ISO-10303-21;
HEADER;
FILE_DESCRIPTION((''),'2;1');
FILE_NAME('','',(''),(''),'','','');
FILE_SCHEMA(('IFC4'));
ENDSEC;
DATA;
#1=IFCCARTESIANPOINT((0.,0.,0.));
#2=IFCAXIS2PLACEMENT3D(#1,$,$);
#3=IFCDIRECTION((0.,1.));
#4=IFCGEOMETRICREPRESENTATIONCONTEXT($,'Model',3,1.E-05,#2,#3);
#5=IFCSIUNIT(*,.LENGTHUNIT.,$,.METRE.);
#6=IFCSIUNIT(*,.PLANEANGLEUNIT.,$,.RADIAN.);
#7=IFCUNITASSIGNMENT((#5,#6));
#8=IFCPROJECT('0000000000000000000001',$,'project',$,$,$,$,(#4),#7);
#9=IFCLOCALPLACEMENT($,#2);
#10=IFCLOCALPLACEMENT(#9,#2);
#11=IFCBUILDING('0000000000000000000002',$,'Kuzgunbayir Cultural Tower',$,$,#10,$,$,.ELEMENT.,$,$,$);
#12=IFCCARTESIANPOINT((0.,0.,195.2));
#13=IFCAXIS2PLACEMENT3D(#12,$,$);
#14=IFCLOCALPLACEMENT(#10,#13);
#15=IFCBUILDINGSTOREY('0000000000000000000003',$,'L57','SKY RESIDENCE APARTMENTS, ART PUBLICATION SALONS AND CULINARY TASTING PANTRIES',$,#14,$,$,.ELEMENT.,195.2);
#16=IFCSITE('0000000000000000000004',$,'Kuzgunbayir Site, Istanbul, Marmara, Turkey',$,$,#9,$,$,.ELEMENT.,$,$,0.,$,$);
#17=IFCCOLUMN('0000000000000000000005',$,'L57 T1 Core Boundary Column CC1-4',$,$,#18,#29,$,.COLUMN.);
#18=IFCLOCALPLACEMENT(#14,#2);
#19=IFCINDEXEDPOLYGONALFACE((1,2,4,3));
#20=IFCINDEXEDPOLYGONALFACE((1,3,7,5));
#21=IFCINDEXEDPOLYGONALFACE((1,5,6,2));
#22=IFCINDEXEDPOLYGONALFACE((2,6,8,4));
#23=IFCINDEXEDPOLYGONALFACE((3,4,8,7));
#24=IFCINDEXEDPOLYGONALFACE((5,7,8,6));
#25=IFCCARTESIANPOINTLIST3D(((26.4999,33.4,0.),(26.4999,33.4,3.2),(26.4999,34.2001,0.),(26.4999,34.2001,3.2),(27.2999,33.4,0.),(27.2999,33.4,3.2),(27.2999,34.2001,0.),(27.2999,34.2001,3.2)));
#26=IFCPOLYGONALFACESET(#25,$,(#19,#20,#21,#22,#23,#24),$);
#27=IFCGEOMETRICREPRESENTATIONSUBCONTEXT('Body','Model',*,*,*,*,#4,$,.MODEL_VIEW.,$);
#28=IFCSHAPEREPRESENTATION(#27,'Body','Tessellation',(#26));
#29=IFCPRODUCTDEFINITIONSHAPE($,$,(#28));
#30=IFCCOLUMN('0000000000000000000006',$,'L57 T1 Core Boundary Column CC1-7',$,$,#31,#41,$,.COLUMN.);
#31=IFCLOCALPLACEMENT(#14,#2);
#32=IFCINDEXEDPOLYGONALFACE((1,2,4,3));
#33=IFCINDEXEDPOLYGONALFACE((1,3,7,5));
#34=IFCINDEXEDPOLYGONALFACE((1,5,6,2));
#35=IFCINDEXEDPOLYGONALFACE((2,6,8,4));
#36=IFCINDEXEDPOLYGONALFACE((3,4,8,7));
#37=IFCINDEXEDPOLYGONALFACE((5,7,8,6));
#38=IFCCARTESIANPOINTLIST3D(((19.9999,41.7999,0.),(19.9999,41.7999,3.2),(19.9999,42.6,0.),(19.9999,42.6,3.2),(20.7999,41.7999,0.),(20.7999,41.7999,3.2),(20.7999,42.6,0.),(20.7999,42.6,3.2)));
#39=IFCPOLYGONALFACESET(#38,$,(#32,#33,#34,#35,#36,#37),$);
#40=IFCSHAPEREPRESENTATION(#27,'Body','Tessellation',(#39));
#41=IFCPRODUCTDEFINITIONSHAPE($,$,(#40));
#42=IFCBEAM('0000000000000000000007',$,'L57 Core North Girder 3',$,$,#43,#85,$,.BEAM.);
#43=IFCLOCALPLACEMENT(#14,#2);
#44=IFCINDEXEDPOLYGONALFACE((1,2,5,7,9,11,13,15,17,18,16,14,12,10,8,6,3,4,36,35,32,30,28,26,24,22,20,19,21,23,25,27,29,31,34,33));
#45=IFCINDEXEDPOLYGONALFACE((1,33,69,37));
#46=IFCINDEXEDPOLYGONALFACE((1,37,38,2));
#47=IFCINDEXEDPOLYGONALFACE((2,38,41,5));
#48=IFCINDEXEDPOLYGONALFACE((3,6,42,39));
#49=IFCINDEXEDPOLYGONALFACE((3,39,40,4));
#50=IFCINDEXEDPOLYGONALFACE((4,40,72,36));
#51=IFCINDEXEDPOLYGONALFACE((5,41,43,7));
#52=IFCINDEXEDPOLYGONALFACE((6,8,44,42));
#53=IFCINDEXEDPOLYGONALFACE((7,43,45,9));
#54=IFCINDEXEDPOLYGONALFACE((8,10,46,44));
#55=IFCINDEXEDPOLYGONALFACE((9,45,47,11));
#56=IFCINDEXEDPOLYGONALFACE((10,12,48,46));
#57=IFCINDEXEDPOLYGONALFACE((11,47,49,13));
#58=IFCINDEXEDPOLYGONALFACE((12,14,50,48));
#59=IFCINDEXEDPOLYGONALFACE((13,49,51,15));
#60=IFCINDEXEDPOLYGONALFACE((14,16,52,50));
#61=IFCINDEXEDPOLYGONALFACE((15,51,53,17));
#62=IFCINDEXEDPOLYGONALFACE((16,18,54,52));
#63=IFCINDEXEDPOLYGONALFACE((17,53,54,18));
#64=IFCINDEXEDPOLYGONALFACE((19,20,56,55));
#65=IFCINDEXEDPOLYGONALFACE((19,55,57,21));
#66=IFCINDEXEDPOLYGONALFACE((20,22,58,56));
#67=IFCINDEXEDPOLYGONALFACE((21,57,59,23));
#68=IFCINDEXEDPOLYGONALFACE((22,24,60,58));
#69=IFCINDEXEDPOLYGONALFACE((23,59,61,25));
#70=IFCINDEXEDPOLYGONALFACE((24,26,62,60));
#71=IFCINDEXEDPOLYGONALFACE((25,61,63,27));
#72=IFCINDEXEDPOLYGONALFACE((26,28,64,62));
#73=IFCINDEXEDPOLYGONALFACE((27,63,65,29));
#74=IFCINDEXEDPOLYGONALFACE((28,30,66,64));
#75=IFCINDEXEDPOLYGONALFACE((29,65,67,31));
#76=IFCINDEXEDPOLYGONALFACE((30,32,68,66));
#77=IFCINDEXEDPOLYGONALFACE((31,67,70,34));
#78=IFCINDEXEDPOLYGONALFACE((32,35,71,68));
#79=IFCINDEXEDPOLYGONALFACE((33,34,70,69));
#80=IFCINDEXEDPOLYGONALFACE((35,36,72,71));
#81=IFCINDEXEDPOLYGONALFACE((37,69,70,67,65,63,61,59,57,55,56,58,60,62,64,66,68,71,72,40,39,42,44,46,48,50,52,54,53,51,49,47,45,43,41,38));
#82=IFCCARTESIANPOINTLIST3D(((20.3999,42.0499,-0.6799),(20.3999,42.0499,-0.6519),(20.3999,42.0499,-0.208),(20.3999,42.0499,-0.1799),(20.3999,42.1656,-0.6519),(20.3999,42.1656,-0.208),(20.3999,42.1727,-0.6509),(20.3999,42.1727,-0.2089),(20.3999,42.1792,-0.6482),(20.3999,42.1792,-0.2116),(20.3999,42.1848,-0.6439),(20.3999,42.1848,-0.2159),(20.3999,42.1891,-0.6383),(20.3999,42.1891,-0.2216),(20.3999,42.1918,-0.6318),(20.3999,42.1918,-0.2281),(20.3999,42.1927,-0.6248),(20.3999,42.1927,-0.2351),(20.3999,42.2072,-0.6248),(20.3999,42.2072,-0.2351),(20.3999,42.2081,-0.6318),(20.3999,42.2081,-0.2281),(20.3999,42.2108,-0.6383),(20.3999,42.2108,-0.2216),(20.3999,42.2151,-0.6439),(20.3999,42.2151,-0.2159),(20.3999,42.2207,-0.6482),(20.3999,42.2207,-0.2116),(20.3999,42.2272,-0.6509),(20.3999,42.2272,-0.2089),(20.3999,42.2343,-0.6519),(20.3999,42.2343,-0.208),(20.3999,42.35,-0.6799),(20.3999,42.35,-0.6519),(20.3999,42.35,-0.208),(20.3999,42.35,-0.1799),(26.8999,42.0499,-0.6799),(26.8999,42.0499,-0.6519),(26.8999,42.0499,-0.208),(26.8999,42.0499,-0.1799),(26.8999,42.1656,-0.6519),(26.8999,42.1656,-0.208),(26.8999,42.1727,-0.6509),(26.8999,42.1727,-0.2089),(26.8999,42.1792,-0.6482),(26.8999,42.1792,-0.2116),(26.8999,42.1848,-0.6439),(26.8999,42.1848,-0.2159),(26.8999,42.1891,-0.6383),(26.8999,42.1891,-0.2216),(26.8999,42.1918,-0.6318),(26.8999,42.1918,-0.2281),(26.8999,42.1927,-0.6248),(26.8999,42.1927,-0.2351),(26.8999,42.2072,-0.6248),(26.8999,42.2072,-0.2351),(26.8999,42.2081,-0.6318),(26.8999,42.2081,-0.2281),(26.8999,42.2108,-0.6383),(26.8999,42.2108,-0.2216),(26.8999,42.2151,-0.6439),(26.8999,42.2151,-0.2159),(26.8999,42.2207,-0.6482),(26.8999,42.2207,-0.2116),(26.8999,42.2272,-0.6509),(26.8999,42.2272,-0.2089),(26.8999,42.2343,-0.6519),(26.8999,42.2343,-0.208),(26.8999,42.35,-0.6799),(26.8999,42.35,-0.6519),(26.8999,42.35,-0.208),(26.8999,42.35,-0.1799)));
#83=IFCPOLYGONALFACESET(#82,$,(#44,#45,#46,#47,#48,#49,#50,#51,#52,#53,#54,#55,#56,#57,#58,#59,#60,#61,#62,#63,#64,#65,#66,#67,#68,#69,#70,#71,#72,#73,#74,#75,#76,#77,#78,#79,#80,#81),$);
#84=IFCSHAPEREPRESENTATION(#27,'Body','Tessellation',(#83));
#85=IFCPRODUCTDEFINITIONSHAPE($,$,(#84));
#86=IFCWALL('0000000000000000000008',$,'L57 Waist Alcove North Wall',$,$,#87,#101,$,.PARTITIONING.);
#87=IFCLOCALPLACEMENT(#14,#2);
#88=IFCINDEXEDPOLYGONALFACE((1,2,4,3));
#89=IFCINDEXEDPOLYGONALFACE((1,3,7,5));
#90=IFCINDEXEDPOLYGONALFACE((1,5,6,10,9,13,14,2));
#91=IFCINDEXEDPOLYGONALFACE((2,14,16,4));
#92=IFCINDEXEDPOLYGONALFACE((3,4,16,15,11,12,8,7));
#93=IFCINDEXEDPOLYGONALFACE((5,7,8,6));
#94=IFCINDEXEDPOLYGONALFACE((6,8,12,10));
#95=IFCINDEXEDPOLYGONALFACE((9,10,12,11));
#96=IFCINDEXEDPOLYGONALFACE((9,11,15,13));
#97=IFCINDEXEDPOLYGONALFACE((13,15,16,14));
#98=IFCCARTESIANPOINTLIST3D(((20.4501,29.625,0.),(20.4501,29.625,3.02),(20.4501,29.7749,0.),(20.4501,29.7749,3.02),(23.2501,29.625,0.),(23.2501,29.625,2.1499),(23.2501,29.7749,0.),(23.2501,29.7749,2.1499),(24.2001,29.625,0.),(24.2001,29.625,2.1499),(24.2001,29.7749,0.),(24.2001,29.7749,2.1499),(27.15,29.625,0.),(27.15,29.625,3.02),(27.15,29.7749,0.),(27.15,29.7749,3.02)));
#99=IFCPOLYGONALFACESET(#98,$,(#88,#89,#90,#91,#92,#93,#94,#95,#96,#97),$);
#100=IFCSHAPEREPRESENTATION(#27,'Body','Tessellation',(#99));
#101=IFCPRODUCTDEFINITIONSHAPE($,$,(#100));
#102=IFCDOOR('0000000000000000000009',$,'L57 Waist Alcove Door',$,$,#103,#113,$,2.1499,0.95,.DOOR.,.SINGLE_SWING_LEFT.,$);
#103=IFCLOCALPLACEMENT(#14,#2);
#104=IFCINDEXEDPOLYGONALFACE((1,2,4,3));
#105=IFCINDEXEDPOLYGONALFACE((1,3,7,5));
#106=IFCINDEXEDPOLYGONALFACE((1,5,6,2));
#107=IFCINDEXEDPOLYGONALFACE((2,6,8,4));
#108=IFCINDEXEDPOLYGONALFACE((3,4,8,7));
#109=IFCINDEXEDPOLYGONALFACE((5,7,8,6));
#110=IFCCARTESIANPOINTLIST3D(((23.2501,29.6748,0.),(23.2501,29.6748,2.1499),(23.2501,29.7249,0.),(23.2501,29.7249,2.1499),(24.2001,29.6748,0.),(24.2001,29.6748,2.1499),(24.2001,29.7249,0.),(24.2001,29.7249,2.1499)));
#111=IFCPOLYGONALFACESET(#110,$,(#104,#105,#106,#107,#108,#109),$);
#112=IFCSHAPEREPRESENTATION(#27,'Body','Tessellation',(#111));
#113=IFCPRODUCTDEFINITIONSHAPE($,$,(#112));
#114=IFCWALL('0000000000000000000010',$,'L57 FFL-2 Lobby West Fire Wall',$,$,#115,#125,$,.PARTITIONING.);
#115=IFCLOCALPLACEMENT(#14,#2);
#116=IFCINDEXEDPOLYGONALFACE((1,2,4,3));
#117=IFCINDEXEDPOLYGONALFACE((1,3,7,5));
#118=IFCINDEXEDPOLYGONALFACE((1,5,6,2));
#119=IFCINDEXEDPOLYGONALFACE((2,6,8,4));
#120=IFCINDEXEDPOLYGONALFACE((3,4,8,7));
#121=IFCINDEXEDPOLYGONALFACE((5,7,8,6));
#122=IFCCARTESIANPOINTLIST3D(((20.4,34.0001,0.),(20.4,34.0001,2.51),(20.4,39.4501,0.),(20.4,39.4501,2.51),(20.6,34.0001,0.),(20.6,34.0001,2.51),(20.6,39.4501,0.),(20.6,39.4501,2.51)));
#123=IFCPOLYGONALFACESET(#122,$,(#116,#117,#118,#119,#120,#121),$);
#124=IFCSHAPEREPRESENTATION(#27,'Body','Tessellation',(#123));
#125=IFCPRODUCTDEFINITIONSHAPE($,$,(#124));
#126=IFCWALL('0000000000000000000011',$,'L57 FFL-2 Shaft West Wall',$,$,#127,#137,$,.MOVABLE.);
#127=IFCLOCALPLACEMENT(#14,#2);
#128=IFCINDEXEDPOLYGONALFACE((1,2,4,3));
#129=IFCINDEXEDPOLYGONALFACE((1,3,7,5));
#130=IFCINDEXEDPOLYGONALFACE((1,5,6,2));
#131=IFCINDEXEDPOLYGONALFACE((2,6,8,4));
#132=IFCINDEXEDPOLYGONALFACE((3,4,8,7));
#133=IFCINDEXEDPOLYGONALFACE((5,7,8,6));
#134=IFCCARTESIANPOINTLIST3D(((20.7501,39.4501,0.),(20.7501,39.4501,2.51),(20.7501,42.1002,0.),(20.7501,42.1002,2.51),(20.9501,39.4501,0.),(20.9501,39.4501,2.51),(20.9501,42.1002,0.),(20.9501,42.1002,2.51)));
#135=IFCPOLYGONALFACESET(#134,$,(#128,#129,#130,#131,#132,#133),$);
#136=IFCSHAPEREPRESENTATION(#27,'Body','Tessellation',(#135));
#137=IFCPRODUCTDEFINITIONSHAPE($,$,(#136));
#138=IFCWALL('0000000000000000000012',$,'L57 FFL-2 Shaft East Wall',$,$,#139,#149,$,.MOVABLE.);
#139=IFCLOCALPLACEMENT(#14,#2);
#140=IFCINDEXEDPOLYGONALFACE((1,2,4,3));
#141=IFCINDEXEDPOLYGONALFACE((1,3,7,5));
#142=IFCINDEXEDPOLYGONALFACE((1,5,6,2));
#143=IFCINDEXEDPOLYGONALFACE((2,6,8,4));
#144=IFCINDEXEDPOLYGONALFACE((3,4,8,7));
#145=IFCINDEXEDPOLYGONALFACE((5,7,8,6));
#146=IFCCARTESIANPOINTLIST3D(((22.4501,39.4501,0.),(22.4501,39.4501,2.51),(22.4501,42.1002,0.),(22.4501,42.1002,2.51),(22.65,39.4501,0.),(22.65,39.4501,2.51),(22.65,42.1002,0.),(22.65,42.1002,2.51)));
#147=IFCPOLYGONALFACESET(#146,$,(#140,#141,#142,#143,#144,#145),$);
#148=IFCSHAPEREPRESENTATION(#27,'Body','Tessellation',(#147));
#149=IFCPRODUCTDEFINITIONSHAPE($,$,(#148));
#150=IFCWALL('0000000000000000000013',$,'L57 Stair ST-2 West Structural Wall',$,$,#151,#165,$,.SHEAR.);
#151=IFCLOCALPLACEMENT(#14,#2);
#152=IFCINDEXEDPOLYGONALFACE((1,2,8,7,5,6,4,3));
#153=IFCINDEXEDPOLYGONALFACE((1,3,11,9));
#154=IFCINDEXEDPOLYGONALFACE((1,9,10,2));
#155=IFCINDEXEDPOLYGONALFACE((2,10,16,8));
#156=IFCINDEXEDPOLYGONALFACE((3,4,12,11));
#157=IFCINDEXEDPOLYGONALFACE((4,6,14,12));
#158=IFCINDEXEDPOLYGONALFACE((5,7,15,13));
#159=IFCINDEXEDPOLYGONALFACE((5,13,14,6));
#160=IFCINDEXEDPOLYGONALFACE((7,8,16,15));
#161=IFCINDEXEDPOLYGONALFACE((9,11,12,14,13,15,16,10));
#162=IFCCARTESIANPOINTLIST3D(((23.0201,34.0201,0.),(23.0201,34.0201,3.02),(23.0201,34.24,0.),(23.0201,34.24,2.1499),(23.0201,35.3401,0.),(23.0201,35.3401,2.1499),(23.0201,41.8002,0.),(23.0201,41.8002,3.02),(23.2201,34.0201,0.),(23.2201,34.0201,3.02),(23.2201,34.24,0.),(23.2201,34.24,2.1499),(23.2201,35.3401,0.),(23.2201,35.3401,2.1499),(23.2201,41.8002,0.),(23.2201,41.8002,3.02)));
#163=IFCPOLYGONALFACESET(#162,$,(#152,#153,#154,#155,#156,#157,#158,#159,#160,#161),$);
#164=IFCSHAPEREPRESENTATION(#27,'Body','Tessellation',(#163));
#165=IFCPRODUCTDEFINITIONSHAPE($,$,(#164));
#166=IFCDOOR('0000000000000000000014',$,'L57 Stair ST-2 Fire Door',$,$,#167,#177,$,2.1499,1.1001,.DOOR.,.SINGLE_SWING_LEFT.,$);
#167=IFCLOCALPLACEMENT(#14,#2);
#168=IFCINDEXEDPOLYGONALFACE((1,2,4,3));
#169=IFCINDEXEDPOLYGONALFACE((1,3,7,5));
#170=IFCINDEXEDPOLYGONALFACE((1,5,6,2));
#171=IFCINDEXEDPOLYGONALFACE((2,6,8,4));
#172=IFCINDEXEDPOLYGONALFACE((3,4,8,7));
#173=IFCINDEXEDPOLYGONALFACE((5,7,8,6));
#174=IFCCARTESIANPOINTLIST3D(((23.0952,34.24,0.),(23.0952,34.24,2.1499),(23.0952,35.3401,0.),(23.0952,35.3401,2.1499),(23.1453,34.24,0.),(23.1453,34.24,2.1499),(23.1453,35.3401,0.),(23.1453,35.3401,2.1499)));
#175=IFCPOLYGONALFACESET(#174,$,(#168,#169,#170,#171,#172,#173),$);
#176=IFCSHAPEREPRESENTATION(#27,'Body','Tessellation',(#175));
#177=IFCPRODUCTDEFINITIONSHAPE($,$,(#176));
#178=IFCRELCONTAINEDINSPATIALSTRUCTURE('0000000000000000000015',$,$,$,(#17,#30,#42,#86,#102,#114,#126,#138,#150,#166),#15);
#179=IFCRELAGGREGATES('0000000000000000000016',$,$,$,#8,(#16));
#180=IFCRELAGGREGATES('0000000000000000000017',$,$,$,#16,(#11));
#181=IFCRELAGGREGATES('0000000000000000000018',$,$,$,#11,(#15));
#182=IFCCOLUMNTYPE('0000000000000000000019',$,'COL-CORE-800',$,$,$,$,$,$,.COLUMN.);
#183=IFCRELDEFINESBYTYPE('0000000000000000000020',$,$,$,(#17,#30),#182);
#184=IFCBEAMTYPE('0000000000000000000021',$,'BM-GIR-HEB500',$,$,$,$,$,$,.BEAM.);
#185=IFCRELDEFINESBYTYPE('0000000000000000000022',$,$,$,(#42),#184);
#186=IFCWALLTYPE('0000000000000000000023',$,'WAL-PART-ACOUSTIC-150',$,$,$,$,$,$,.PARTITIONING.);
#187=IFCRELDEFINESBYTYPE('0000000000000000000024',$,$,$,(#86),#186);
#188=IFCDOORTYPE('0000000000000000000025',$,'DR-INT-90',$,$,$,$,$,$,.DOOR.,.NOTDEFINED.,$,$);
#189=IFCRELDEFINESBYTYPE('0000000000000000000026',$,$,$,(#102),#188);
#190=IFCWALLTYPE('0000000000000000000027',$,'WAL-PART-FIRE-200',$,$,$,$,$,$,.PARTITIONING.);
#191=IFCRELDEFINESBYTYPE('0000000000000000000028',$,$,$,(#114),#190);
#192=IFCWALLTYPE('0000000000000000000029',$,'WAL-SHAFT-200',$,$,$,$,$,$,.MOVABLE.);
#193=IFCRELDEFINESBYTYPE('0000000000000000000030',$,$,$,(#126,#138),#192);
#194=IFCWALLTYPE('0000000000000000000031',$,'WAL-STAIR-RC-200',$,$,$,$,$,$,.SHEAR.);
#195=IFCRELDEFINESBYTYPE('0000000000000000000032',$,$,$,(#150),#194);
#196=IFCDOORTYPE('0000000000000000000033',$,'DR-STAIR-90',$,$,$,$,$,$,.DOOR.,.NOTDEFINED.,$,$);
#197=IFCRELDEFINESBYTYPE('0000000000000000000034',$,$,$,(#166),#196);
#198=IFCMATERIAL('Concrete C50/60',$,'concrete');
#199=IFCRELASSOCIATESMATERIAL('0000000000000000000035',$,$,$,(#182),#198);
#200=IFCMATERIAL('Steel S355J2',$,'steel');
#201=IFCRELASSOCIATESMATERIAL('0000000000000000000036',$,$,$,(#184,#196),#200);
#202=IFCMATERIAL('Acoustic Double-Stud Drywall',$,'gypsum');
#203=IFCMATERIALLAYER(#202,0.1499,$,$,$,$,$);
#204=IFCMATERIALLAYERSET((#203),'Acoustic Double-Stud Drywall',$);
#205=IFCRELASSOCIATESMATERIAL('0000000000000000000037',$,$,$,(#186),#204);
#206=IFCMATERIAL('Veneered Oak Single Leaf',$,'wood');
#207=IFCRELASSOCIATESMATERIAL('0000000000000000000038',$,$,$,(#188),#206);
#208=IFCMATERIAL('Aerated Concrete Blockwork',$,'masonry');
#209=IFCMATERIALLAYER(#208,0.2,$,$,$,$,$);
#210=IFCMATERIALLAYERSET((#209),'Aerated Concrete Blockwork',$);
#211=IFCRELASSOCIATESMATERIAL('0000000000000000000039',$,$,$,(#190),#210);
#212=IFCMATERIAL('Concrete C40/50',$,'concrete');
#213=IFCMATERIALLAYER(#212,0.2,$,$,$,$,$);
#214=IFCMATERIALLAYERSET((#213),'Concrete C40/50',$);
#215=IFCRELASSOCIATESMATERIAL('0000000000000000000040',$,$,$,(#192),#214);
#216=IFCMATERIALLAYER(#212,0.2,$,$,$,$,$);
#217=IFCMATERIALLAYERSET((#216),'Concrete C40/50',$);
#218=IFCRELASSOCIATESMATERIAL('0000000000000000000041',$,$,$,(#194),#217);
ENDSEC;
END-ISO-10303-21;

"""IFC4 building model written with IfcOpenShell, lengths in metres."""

from ifc_helpers import new_model, si_unit, direction, frame, frame_2d, origin, origin_2d, place, context, subcontext, project, spatial, rectangle, i_section, extrude, material, layer, layer_set, material_profile, profile_set, type_object, element, fill, save


model = new_model("IFC4")

# Units and contexts
model_context = context("Model", 3, precision=1e-05, world=origin(), true_north=direction((0.0, 1.0)))
body_context = subcontext(model_context, "Body", "Model", "MODEL_VIEW")
ifc_project = project(units=[si_unit("LENGTHUNIT", "METRE"), si_unit("PLANEANGLEUNIT", "RADIAN")], contexts=[model_context])

# Site, building, storey
site_placement = place(None, origin())
site = spatial("IfcSite", under=ifc_project, at=site_placement, Name="Kuzgunbayir Site, Istanbul, Marmara, Turkey", CompositionType="ELEMENT", RefElevation=0.0)
building_placement = place(site_placement, origin())
building = spatial("IfcBuilding", under=site, at=building_placement, Name="Kuzgunbayir Cultural Tower", CompositionType="ELEMENT")
storey_placement = place(building_placement, frame((0.0, 0.0, 195.2)))
storey = spatial("IfcBuildingStorey", under=building, at=storey_placement, Name="L57", Description="SKY RESIDENCE APARTMENTS, ART PUBLICATION SALONS AND CULINARY TASTING PANTRIES", CompositionType="ELEMENT", Elevation=195.2)

# Columns
ifc_material_1 = material(Name="Concrete C50/60", Category="concrete")
ifc_material_profile_1 = material_profile(ifc_material_1, rectangle(XDim=0.8, YDim=0.8, at=origin_2d()), Name="RC 800x800")
ifc_profile_set_1 = profile_set([ifc_material_profile_1], Name="Concrete C50/60")
column_type = type_object("IfcColumnType", Name="COL-CORE-800", PredefinedType="COLUMN", material=ifc_profile_set_1)
for number, where, z_axis, x_axis, name in (
    (1, (26.8999, 33.8, 0.0), (0.0, 0.0, 1.0), (1.0, 0.0, 0.0), "L57 T1 Core Boundary Column CC1-4"),
    (2, (20.3999, 42.2, 0.0), (0.0, 0.0, 1.0), (1.0, 0.0, 0.0), "L57 T1 Core Boundary Column CC1-7"),
):
    element("IfcColumn", number, at=place(storey_placement, frame(where, z_axis=z_axis, x_axis=x_axis)), inside=storey, type_object=column_type, Name=name, PredefinedType="COLUMN", context=body_context, shape_type="SweptSolid", body=[
        extrude(rectangle(XDim=0.8, YDim=0.8, at=origin_2d()), origin(), (0.0, 0.0, 1.0), 3.2),
    ])

# Beam
ifc_material_2 = material(Name="Steel S355J2", Category="steel")
ifc_material_profile_2 = material_profile(ifc_material_2, i_section(OverallWidth=0.3, OverallDepth=0.5, WebThickness=0.0144, FlangeThickness=0.0281, FilletRadius=0.0271, at=origin_2d()), Name="HEB 500")
ifc_profile_set_2 = profile_set([ifc_material_profile_2], Name="Steel S355J2")
beam_type = type_object("IfcBeamType", Name="BM-GIR-HEB500", PredefinedType="BEAM", material=ifc_profile_set_2)
beam_placement = place(storey_placement, frame((20.3999, 42.2, -0.4299), z_axis=(1.0, 0.0, 0.0), x_axis=(0.0, 1.0, 0.0)))
element("IfcBeam", 3, at=beam_placement, inside=storey, type_object=beam_type, Name="L57 Core North Girder 3", PredefinedType="BEAM", context=body_context, shape_type="SweptSolid", body=[
    extrude(i_section(OverallWidth=0.3, OverallDepth=0.5, WebThickness=0.0144, FlangeThickness=0.0281, FilletRadius=0.0271, at=origin_2d()), origin(), (0.0, 0.0, 1.0), 6.5),
])

# Wall, opening, door
ifc_material_3 = material(Name="Acoustic Double-Stud Drywall", Category="gypsum")
ifc_layer_1 = layer(ifc_material_3, 0.1499)
ifc_layer_set_1 = layer_set([ifc_layer_1], Name="Acoustic Double-Stud Drywall")
wall_type_1 = type_object("IfcWallType", Name="WAL-PART-ACOUSTIC-150", PredefinedType="PARTITIONING", material=ifc_layer_set_1)
wall_1_placement = place(storey_placement, frame((20.45, 29.7, 0.0), z_axis=(0.0, 0.0, 1.0), x_axis=(1.0, 0.0, 0.0)))
wall_1 = element("IfcWall", 4, at=wall_1_placement, inside=storey, type_object=wall_type_1, Name="L57 Waist Alcove North Wall", PredefinedType="PARTITIONING", context=body_context, shape_type="SweptSolid", body=[
    extrude(rectangle(XDim=6.7, YDim=0.1499, at=frame_2d((3.3501, 0.0))), origin(), (0.0, 0.0, 1.0), 3.02),
])
opening_1_placement = place(wall_1_placement, frame((2.8, 0.0, 0.0)))
opening_1 = element("IfcOpeningElement", 5, at=opening_1_placement, cuts=wall_1, PredefinedType="OPENING", context=body_context, shape_type="SweptSolid", body=[
    extrude(rectangle(XDim=0.95, YDim=2.1499, at=frame_2d((0.4751, 1.075))), frame((0.0, 0.085, 0.0), z_axis=(0.0, -1.0, 0.0), x_axis=(1.0, 0.0, 0.0)), (0.0, 0.0, 1.0), 0.1699),
])
ifc_material_4 = material(Name="Veneered Oak Single Leaf", Category="wood")
door_type_1 = type_object("IfcDoorType", Name="DR-INT-90", OperationType="NOTDEFINED", PredefinedType="DOOR", material=ifc_material_4)
door_1_placement = place(opening_1_placement, origin())
door_1 = element("IfcDoor", 6, at=door_1_placement, inside=storey, type_object=door_type_1, Name="L57 Waist Alcove Door", OperationType="SINGLE_SWING_LEFT", OverallHeight=2.1499, OverallWidth=0.95, PredefinedType="DOOR", context=body_context, shape_type="SweptSolid", body=[
    extrude(rectangle(XDim=0.95, YDim=2.1499, at=frame_2d((0.4751, 1.075))), frame((0.0, 0.0249, 0.0), z_axis=(0.0, -1.0, 0.0), x_axis=(1.0, 0.0, 0.0)), (0.0, 0.0, 1.0), 0.05),
])
fill(opening_1, door_1)

# Wall
ifc_material_5 = material(Name="Aerated Concrete Blockwork", Category="masonry")
ifc_layer_2 = layer(ifc_material_5, 0.2)
ifc_layer_set_2 = layer_set([ifc_layer_2], Name="Aerated Concrete Blockwork")
wall_type_2 = type_object("IfcWallType", Name="WAL-PART-FIRE-200", PredefinedType="PARTITIONING", material=ifc_layer_set_2)
wall_2_placement = place(storey_placement, frame((20.5, 34.0, 0.0), z_axis=(0.0, 0.0, 1.0), x_axis=(0.0, 1.0, 0.0)))
element("IfcWall", 7, at=wall_2_placement, inside=storey, type_object=wall_type_2, Name="L57 FFL-2 Lobby West Fire Wall", PredefinedType="PARTITIONING", context=body_context, shape_type="SweptSolid", body=[
    extrude(rectangle(XDim=5.45, YDim=0.2, at=frame_2d((2.7251, 0.0))), origin(), (0.0, 0.0, 1.0), 2.51),
])

# Shared definitions
ifc_material_6 = material(Name="Concrete C40/50", Category="concrete")
ifc_layer_3 = layer(ifc_material_6, 0.2)
ifc_layer_set_3 = layer_set([ifc_layer_3], Name="Concrete C40/50")
wall_type_3 = type_object("IfcWallType", Name="WAL-SHAFT-200", PredefinedType="MOVABLE", material=ifc_layer_set_3)

# Walls
for number, where, z_axis, x_axis, name in (
    (8, (20.8501, 39.45, 0.0), (0.0, 0.0, 1.0), (0.0, 1.0, 0.0), "L57 FFL-2 Shaft West Wall"),
    (9, (22.55, 39.45, 0.0), (0.0, 0.0, 1.0), (0.0, 1.0, 0.0), "L57 FFL-2 Shaft East Wall"),
):
    element("IfcWall", number, at=place(storey_placement, frame(where, z_axis=z_axis, x_axis=x_axis)), inside=storey, type_object=wall_type_3, Name=name, PredefinedType="MOVABLE", context=body_context, shape_type="SweptSolid", body=[
        extrude(rectangle(XDim=2.6501, YDim=0.2, at=frame_2d((1.3252, 0.0))), origin(), (0.0, 0.0, 1.0), 2.51),
    ])

# Wall, opening, door
ifc_layer_4 = layer(ifc_material_6, 0.2)
ifc_layer_set_4 = layer_set([ifc_layer_4], Name="Concrete C40/50")
wall_type_4 = type_object("IfcWallType", Name="WAL-STAIR-RC-200", PredefinedType="SHEAR", material=ifc_layer_set_4)
wall_3_placement = place(storey_placement, frame((23.1201, 34.02, 0.0), z_axis=(0.0, 0.0, 1.0), x_axis=(0.0, 1.0, 0.0)))
wall_3 = element("IfcWall", 10, at=wall_3_placement, inside=storey, type_object=wall_type_4, Name="L57 Stair ST-2 West Structural Wall", PredefinedType="SHEAR", context=body_context, shape_type="SweptSolid", body=[
    extrude(rectangle(XDim=7.78, YDim=0.2, at=frame_2d((3.8901, 0.0))), origin(), (0.0, 0.0, 1.0), 3.02),
])
opening_2_placement = place(wall_3_placement, frame((0.22, 0.0, 0.0)))
opening_2 = element("IfcOpeningElement", 11, at=opening_2_placement, cuts=wall_3, PredefinedType="OPENING", context=body_context, shape_type="SweptSolid", body=[
    extrude(rectangle(XDim=1.1001, YDim=2.1499, at=frame_2d((0.55, 1.075))), frame((0.0, 0.1099, 0.0), z_axis=(0.0, -1.0, 0.0), x_axis=(1.0, 0.0, 0.0)), (0.0, 0.0, 1.0), 0.22),
])
door_type_2 = type_object("IfcDoorType", Name="DR-STAIR-90", OperationType="NOTDEFINED", PredefinedType="DOOR", material=ifc_material_2)
door_2_placement = place(opening_2_placement, origin())
door_2 = element("IfcDoor", 12, at=door_2_placement, inside=storey, type_object=door_type_2, Name="L57 Stair ST-2 Fire Door", OperationType="SINGLE_SWING_LEFT", OverallHeight=2.1499, OverallWidth=1.1001, PredefinedType="DOOR", context=body_context, shape_type="SweptSolid", body=[
    extrude(rectangle(XDim=1.1001, YDim=2.1499, at=frame_2d((0.55, 1.075))), frame((0.0, 0.0249, 0.0), z_axis=(0.0, -1.0, 0.0), x_axis=(1.0, 0.0, 0.0)), (0.0, 0.0, 1.0), 0.05),
])
fill(opening_2, door_2)

save(model, "model.ifc")
